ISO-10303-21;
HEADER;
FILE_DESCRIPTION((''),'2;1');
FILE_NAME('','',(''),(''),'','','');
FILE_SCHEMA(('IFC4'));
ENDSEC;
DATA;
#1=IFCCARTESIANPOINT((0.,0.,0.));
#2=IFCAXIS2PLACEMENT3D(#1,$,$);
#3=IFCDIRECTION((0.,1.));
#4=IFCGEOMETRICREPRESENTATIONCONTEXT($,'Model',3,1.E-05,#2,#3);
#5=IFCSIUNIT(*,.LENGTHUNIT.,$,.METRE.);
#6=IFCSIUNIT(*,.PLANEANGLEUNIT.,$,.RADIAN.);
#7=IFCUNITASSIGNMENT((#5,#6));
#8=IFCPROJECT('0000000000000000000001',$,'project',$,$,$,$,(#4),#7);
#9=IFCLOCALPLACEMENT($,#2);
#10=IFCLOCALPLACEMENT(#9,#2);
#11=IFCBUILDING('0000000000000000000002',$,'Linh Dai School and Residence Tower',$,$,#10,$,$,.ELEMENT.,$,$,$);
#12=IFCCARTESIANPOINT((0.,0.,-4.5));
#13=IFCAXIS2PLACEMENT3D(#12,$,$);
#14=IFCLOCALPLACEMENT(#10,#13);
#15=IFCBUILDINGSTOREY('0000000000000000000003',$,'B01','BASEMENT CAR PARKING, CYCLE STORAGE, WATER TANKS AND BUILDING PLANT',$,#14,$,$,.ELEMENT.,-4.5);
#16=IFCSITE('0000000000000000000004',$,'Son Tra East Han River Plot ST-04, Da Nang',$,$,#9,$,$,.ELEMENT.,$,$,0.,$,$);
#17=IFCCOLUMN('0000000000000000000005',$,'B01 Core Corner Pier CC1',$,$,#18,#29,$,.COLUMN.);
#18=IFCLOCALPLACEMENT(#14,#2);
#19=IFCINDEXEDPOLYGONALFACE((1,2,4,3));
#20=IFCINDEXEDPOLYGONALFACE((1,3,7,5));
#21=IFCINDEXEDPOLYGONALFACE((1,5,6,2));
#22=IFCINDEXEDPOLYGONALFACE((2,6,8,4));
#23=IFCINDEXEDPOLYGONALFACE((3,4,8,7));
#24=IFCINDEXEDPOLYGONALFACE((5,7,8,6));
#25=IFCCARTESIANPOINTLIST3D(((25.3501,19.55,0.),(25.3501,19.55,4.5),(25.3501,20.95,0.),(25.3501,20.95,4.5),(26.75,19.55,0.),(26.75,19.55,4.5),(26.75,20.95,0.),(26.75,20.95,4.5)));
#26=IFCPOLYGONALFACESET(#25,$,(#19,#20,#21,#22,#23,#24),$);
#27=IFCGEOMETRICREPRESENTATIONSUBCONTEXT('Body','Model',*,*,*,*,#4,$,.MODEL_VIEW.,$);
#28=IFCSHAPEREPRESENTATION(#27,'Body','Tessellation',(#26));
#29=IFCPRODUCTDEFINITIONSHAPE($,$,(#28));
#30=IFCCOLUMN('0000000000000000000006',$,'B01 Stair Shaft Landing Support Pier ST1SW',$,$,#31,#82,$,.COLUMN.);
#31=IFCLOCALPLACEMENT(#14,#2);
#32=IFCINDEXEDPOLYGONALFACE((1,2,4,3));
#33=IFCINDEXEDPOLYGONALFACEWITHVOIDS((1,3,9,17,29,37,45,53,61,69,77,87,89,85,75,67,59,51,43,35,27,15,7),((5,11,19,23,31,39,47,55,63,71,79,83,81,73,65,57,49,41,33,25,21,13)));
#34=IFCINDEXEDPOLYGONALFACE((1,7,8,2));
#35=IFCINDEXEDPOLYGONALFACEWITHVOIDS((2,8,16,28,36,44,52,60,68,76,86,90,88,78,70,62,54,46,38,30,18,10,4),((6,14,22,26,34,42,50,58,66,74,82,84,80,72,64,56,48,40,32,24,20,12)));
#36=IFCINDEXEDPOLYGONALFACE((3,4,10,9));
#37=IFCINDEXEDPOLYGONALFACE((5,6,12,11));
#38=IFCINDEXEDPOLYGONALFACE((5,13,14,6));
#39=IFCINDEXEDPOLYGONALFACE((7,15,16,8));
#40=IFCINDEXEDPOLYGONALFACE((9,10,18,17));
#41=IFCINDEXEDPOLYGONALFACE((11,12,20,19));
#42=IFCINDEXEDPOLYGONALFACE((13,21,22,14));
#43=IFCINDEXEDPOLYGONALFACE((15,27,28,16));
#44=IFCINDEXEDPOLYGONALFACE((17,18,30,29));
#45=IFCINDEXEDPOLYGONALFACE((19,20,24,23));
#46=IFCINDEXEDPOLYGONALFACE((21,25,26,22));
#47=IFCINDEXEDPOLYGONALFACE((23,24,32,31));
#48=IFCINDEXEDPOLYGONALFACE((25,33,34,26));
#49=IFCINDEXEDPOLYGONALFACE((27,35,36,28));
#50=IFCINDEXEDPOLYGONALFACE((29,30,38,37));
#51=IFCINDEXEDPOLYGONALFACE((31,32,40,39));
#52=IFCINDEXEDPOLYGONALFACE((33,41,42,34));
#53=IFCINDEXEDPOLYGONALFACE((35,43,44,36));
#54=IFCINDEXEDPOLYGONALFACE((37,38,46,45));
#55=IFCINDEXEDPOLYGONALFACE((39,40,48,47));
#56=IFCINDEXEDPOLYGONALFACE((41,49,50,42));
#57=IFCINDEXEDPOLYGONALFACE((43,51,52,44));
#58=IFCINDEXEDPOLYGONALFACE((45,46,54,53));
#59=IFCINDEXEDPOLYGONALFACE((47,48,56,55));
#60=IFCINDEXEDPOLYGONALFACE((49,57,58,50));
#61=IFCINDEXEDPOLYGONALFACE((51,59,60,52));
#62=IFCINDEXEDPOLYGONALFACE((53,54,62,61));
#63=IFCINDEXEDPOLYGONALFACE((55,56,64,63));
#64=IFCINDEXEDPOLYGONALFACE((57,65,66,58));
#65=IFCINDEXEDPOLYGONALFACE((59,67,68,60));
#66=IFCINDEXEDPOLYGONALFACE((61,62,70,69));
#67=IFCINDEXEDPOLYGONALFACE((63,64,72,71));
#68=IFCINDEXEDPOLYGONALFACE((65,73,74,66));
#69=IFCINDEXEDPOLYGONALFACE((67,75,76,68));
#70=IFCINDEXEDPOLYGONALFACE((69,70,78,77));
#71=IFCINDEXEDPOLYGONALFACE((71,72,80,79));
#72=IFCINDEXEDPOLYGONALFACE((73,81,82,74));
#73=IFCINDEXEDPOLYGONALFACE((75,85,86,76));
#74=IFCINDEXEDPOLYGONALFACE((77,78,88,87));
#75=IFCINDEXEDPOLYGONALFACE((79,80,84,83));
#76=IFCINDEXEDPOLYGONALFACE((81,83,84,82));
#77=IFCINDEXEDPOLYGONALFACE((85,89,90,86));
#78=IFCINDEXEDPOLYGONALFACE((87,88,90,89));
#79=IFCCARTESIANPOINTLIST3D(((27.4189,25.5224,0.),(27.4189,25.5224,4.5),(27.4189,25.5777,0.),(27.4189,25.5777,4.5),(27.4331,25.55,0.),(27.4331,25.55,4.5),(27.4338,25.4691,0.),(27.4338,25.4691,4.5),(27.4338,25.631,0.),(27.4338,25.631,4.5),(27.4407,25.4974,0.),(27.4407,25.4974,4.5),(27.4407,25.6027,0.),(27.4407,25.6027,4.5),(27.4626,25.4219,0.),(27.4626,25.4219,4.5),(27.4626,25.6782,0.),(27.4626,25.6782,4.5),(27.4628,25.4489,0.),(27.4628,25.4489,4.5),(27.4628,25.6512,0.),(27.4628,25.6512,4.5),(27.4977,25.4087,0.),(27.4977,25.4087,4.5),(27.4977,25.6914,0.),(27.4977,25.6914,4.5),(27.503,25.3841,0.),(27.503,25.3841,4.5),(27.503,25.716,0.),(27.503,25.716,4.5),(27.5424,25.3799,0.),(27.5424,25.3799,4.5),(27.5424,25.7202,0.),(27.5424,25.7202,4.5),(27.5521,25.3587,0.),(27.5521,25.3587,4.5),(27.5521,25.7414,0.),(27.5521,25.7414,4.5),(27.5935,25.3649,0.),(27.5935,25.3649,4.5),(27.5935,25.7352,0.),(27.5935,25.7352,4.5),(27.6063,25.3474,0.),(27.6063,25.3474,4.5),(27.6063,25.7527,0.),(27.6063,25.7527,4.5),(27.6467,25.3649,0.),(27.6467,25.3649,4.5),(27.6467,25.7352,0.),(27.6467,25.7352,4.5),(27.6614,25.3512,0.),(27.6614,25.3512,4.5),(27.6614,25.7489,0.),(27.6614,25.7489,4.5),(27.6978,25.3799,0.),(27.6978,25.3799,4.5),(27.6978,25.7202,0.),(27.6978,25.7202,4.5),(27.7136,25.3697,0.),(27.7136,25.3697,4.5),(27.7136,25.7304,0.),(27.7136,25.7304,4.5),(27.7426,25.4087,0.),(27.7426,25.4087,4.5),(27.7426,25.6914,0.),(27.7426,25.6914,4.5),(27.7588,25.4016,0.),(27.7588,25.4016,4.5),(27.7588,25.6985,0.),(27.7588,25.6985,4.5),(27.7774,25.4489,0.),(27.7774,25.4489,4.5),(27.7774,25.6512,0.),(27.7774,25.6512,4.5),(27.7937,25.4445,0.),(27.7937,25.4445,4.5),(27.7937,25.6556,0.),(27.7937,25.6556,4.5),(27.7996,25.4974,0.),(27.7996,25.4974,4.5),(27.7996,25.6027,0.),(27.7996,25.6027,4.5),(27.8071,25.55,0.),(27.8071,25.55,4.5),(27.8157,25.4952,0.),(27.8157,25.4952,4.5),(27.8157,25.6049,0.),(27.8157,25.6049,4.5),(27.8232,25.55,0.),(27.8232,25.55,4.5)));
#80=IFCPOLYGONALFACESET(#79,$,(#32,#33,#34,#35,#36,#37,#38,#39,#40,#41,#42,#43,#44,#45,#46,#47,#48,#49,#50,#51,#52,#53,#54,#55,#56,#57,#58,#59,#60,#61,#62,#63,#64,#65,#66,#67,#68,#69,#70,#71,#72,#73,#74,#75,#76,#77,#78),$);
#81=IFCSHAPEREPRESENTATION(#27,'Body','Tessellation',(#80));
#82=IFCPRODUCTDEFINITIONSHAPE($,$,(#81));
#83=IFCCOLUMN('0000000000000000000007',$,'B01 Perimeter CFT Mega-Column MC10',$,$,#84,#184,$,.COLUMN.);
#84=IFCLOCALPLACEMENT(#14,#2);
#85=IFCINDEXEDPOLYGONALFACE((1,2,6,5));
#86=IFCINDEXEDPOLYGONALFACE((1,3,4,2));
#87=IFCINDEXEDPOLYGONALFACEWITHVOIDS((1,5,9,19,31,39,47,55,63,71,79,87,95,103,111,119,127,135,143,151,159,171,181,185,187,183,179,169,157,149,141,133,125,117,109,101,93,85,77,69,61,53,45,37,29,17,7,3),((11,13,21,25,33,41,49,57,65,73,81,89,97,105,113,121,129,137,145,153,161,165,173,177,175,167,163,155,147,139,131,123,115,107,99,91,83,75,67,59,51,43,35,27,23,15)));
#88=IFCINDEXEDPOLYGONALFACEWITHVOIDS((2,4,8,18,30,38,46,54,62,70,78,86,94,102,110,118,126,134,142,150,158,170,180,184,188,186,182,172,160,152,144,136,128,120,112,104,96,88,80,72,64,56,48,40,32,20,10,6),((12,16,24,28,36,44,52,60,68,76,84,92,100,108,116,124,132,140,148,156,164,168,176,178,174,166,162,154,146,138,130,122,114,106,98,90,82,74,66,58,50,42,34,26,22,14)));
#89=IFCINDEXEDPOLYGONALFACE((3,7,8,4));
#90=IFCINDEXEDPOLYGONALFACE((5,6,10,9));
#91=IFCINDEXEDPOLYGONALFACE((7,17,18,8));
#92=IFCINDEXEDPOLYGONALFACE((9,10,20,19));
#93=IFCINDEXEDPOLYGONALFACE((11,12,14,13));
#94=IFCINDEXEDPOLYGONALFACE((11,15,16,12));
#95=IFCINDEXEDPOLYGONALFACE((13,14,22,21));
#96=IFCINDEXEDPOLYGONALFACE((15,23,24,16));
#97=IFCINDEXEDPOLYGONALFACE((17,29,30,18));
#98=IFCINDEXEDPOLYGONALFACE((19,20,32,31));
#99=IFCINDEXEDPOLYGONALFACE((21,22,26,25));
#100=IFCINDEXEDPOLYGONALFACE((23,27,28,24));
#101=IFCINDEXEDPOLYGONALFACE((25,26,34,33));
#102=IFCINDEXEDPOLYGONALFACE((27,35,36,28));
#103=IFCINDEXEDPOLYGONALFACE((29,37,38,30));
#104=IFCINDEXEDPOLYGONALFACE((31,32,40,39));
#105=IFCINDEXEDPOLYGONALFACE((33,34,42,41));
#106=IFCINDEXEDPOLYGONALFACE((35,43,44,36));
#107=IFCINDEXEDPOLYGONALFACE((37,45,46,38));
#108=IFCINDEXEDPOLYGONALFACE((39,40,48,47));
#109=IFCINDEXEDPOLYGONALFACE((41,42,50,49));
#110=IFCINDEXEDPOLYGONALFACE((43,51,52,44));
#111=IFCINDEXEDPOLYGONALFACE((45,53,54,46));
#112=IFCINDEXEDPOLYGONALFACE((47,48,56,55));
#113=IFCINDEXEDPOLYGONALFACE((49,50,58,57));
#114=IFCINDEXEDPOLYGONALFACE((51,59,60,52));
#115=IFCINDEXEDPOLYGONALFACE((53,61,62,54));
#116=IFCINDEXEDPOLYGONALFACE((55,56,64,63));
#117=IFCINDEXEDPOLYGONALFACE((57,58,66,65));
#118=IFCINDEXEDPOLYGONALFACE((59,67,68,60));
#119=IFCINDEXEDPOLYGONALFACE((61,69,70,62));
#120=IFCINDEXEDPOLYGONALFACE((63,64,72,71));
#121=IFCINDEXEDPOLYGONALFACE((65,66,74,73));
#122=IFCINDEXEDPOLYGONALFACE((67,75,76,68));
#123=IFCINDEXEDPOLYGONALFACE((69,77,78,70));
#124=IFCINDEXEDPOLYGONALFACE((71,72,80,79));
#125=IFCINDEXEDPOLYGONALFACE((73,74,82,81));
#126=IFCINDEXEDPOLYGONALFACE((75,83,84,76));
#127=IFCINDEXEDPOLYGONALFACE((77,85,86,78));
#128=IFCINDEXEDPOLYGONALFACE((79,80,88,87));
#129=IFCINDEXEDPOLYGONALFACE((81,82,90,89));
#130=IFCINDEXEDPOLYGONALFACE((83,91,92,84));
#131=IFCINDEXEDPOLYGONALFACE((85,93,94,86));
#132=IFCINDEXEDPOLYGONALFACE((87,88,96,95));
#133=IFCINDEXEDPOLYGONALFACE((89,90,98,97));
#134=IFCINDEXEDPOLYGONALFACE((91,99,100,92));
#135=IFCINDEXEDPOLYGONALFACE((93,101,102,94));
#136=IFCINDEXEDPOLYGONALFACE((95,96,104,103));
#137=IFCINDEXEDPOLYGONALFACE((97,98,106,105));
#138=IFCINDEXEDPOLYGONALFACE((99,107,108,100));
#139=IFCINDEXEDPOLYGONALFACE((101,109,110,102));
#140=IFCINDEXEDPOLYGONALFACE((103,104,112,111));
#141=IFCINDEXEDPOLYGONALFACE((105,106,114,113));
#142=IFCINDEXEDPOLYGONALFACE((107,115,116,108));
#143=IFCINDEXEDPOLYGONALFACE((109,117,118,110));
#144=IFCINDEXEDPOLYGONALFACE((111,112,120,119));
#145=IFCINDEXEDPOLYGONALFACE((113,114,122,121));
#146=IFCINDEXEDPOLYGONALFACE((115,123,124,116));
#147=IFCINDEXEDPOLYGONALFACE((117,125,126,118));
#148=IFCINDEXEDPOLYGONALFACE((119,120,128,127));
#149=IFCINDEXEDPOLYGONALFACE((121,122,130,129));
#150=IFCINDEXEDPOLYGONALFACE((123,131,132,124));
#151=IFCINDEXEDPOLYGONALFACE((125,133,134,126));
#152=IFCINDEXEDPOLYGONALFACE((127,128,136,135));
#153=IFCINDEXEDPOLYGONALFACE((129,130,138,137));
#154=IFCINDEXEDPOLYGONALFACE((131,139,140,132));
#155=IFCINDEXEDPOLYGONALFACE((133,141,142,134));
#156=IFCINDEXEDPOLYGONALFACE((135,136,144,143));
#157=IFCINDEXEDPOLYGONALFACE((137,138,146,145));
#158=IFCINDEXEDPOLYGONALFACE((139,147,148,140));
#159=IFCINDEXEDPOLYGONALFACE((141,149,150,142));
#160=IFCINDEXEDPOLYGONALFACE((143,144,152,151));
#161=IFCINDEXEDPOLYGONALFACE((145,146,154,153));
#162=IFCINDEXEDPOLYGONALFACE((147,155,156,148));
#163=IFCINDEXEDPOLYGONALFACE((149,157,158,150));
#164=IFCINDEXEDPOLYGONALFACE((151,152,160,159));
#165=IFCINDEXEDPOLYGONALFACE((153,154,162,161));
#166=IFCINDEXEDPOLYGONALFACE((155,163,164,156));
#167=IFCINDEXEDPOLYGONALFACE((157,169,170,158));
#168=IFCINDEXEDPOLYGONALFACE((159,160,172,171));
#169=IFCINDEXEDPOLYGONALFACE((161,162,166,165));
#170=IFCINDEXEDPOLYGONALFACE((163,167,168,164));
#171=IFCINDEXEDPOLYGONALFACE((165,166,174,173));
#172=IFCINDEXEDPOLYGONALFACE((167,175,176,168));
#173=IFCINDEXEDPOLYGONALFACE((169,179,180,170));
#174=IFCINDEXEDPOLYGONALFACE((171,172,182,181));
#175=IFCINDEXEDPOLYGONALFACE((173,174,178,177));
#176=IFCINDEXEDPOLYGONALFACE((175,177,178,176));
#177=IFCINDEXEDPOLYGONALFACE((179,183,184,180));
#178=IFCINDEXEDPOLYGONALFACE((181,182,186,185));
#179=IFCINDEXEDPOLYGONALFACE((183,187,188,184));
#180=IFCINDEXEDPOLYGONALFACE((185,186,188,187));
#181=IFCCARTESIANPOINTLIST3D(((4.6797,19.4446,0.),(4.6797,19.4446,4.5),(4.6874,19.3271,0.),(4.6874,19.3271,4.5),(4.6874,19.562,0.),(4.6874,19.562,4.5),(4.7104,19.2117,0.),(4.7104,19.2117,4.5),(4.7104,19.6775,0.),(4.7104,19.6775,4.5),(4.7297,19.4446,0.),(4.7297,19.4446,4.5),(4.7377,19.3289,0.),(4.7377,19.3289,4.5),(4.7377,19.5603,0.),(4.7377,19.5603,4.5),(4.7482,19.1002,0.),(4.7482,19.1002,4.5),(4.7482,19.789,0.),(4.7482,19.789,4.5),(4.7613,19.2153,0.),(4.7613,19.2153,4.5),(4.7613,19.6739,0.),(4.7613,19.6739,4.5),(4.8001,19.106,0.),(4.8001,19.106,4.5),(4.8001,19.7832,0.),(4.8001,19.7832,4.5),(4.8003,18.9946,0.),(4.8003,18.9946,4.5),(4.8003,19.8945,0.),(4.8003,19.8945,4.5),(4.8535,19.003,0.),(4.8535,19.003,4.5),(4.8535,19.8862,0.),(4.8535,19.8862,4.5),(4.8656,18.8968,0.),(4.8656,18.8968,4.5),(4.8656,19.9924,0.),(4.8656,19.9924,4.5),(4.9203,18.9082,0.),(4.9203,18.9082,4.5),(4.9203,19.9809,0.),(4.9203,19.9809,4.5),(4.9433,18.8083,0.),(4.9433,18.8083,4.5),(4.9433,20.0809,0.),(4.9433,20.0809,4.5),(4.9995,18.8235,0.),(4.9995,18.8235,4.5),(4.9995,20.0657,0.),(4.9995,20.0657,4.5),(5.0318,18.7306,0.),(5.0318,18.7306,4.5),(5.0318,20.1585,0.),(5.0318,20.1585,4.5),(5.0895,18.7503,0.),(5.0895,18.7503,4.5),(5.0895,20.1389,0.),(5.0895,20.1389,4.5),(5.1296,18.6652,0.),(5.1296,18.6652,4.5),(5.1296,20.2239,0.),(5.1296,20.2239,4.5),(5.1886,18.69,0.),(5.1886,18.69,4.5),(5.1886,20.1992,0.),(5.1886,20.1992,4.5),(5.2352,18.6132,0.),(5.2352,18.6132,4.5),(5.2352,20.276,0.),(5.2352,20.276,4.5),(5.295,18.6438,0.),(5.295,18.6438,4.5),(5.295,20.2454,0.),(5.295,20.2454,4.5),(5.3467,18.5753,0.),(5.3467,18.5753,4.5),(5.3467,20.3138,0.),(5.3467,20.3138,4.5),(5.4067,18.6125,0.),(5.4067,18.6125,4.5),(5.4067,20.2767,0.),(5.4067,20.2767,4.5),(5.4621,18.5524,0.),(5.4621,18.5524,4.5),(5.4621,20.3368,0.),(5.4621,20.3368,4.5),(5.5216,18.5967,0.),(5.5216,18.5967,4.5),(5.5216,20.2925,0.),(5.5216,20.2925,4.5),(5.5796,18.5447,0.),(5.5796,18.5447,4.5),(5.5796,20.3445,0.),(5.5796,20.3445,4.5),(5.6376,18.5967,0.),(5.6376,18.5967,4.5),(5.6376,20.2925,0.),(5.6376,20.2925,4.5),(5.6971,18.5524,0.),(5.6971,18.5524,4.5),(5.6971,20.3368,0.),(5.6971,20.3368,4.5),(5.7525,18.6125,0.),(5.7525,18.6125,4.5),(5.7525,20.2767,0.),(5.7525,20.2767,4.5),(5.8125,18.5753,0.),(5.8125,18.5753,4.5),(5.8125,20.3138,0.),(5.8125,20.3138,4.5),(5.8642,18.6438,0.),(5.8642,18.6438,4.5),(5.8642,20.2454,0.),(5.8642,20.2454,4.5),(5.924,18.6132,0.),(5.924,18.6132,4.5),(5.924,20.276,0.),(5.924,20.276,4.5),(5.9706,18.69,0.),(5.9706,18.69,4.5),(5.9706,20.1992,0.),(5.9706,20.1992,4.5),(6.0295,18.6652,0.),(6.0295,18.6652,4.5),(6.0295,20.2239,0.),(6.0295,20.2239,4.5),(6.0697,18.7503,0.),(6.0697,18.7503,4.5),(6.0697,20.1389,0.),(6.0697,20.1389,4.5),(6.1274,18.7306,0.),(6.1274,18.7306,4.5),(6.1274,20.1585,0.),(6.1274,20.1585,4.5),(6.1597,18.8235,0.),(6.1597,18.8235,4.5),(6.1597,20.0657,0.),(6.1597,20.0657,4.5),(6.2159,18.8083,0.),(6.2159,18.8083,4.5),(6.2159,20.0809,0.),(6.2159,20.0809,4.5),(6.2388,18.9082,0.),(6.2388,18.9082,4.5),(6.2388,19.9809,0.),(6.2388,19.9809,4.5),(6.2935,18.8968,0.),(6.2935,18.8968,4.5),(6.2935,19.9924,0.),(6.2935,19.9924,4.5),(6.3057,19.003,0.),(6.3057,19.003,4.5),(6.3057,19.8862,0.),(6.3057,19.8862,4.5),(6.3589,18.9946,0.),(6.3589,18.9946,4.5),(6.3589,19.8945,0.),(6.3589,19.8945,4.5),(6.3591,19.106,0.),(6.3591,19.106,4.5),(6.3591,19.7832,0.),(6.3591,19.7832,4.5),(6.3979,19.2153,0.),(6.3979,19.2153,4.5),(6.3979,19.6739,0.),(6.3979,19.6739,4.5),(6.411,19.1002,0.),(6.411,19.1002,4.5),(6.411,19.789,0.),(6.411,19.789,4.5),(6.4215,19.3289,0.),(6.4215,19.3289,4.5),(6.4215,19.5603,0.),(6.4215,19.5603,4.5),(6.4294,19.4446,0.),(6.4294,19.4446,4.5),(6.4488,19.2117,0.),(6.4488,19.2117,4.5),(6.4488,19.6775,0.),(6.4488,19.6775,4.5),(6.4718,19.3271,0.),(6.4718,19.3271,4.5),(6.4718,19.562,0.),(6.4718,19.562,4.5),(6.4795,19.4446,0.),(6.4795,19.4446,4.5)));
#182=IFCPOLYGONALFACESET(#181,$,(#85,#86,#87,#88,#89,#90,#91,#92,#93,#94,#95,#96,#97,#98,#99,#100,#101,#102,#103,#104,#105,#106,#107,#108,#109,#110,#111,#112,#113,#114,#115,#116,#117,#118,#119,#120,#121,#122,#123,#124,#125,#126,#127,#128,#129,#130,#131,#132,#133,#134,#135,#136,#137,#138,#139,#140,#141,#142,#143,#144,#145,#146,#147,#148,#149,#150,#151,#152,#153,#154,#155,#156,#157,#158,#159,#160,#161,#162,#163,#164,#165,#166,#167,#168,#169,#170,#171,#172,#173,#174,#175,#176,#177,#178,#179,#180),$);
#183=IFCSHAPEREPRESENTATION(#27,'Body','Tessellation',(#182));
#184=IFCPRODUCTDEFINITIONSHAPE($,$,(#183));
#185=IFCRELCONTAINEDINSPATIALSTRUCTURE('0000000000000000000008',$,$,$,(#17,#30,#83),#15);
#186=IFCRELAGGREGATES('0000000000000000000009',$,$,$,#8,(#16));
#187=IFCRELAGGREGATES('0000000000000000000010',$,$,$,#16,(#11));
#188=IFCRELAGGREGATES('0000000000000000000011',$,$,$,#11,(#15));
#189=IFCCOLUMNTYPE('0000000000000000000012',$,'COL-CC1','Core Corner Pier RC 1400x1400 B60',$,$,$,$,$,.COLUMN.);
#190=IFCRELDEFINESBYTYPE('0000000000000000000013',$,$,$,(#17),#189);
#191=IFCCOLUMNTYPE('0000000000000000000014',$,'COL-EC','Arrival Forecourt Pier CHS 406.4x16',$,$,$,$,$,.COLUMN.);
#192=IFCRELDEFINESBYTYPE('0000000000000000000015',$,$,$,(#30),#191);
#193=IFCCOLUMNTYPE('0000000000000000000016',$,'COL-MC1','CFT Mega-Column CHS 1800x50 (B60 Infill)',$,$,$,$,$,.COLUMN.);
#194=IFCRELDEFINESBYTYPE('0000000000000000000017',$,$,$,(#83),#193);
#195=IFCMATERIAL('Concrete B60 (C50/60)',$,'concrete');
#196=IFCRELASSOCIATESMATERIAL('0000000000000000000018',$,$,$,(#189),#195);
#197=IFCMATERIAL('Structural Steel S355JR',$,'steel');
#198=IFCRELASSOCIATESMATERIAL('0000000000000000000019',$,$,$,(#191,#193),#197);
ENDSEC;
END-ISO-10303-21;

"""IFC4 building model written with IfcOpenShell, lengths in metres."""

from ifc_helpers import new_model, si_unit, direction, frame, origin, origin_2d, place, context, subcontext, project, spatial, rectangle, hollow_circle, extrude, material, material_profile, profile_set, type_object, element, save


model = new_model("IFC4")

# Units and contexts
model_context = context("Model", 3, precision=1e-05, world=origin(), true_north=direction((0.0, 1.0)))
body_context = subcontext(model_context, "Body", "Model", "MODEL_VIEW")
ifc_project = project(units=[si_unit("LENGTHUNIT", "METRE"), si_unit("PLANEANGLEUNIT", "RADIAN")], contexts=[model_context])

# Site, building, storey
site_placement = place(None, origin())
site = spatial("IfcSite", under=ifc_project, at=site_placement, Name="Son Tra East Han River Plot ST-04, Da Nang", CompositionType="ELEMENT", RefElevation=0.0)
building_placement = place(site_placement, origin())
building = spatial("IfcBuilding", under=site, at=building_placement, Name="Linh Dai School and Residence Tower", CompositionType="ELEMENT")
storey_placement = place(building_placement, frame((0.0, 0.0, -4.5)))
storey = spatial("IfcBuildingStorey", under=building, at=storey_placement, Name="B01", Description="BASEMENT CAR PARKING, CYCLE STORAGE, WATER TANKS AND BUILDING PLANT", CompositionType="ELEMENT", Elevation=-4.5)

# Columns
ifc_material_1 = material(Name="Concrete B60 (C50/60)", Category="concrete")
ifc_material_profile_1 = material_profile(ifc_material_1, rectangle(XDim=1.3999, YDim=1.3999, at=origin_2d()), Name="RC 1400x1400")
ifc_profile_set_1 = profile_set([ifc_material_profile_1], Name="Concrete B60 (C50/60)")
column_type_1 = type_object("IfcColumnType", Name="COL-CC1", Description="Core Corner Pier RC 1400x1400 B60", PredefinedType="COLUMN", material=ifc_profile_set_1)
column_1_placement = place(storey_placement, frame((26.05, 20.25, 0.0), z_axis=(0.0, 0.0, 1.0), x_axis=(1.0, 0.0, 0.0)))
element("IfcColumn", 1, at=column_1_placement, inside=storey, type_object=column_type_1, Name="B01 Core Corner Pier CC1", PredefinedType="COLUMN", context=body_context, shape_type="SweptSolid", body=[
    extrude(rectangle(XDim=1.3999, YDim=1.3999, at=origin_2d()), origin(), (0.0, 0.0, 1.0), 4.5),
])
ifc_material_2 = material(Name="Structural Steel S355JR", Category="steel")
ifc_material_profile_2 = material_profile(ifc_material_2, hollow_circle(Radius=0.2031, WallThickness=0.0161, at=origin_2d()), Name="CHS 406.4x16")
ifc_profile_set_2 = profile_set([ifc_material_profile_2], Name="Structural Steel S355JR")
column_type_2 = type_object("IfcColumnType", Name="COL-EC", Description="Arrival Forecourt Pier CHS 406.4x16", PredefinedType="COLUMN", material=ifc_profile_set_2)
column_2_placement = place(storey_placement, frame((27.6201, 25.55, 0.0), z_axis=(0.0, 0.0, 1.0), x_axis=(1.0, 0.0, 0.0)))
element("IfcColumn", 2, at=column_2_placement, inside=storey, type_object=column_type_2, Name="B01 Stair Shaft Landing Support Pier ST1SW", PredefinedType="COLUMN", context=body_context, shape_type="SweptSolid", body=[
    extrude(hollow_circle(Radius=0.2031, WallThickness=0.0161, at=origin_2d()), origin(), (0.0, 0.0, 1.0), 4.5),
])
ifc_material_profile_3 = material_profile(ifc_material_2, hollow_circle(Radius=0.8999, WallThickness=0.05, at=origin_2d()), Name="CHS 1800x50")
ifc_profile_set_3 = profile_set([ifc_material_profile_3], Name="Structural Steel S355JR")
column_type_3 = type_object("IfcColumnType", Name="COL-MC1", Description="CFT Mega-Column CHS 1800x50 (B60 Infill)", PredefinedType="COLUMN", material=ifc_profile_set_3)
for number, where, z_axis, x_axis, name in (
    (3, (5.5796, 19.4446, 0.0), (0.0, 0.0, 1.0), (1.0, 0.0, 0.0), "B01 Perimeter CFT Mega-Column MC10"),
):
    element("IfcColumn", number, at=place(storey_placement, frame(where, z_axis=z_axis, x_axis=x_axis)), inside=storey, type_object=column_type_3, Name=name, PredefinedType="COLUMN", context=body_context, shape_type="SweptSolid", body=[
        extrude(hollow_circle(Radius=0.8999, WallThickness=0.05, at=origin_2d()), origin(), (0.0, 0.0, 1.0), 4.5),
    ])

save(model, "model.ifc")
